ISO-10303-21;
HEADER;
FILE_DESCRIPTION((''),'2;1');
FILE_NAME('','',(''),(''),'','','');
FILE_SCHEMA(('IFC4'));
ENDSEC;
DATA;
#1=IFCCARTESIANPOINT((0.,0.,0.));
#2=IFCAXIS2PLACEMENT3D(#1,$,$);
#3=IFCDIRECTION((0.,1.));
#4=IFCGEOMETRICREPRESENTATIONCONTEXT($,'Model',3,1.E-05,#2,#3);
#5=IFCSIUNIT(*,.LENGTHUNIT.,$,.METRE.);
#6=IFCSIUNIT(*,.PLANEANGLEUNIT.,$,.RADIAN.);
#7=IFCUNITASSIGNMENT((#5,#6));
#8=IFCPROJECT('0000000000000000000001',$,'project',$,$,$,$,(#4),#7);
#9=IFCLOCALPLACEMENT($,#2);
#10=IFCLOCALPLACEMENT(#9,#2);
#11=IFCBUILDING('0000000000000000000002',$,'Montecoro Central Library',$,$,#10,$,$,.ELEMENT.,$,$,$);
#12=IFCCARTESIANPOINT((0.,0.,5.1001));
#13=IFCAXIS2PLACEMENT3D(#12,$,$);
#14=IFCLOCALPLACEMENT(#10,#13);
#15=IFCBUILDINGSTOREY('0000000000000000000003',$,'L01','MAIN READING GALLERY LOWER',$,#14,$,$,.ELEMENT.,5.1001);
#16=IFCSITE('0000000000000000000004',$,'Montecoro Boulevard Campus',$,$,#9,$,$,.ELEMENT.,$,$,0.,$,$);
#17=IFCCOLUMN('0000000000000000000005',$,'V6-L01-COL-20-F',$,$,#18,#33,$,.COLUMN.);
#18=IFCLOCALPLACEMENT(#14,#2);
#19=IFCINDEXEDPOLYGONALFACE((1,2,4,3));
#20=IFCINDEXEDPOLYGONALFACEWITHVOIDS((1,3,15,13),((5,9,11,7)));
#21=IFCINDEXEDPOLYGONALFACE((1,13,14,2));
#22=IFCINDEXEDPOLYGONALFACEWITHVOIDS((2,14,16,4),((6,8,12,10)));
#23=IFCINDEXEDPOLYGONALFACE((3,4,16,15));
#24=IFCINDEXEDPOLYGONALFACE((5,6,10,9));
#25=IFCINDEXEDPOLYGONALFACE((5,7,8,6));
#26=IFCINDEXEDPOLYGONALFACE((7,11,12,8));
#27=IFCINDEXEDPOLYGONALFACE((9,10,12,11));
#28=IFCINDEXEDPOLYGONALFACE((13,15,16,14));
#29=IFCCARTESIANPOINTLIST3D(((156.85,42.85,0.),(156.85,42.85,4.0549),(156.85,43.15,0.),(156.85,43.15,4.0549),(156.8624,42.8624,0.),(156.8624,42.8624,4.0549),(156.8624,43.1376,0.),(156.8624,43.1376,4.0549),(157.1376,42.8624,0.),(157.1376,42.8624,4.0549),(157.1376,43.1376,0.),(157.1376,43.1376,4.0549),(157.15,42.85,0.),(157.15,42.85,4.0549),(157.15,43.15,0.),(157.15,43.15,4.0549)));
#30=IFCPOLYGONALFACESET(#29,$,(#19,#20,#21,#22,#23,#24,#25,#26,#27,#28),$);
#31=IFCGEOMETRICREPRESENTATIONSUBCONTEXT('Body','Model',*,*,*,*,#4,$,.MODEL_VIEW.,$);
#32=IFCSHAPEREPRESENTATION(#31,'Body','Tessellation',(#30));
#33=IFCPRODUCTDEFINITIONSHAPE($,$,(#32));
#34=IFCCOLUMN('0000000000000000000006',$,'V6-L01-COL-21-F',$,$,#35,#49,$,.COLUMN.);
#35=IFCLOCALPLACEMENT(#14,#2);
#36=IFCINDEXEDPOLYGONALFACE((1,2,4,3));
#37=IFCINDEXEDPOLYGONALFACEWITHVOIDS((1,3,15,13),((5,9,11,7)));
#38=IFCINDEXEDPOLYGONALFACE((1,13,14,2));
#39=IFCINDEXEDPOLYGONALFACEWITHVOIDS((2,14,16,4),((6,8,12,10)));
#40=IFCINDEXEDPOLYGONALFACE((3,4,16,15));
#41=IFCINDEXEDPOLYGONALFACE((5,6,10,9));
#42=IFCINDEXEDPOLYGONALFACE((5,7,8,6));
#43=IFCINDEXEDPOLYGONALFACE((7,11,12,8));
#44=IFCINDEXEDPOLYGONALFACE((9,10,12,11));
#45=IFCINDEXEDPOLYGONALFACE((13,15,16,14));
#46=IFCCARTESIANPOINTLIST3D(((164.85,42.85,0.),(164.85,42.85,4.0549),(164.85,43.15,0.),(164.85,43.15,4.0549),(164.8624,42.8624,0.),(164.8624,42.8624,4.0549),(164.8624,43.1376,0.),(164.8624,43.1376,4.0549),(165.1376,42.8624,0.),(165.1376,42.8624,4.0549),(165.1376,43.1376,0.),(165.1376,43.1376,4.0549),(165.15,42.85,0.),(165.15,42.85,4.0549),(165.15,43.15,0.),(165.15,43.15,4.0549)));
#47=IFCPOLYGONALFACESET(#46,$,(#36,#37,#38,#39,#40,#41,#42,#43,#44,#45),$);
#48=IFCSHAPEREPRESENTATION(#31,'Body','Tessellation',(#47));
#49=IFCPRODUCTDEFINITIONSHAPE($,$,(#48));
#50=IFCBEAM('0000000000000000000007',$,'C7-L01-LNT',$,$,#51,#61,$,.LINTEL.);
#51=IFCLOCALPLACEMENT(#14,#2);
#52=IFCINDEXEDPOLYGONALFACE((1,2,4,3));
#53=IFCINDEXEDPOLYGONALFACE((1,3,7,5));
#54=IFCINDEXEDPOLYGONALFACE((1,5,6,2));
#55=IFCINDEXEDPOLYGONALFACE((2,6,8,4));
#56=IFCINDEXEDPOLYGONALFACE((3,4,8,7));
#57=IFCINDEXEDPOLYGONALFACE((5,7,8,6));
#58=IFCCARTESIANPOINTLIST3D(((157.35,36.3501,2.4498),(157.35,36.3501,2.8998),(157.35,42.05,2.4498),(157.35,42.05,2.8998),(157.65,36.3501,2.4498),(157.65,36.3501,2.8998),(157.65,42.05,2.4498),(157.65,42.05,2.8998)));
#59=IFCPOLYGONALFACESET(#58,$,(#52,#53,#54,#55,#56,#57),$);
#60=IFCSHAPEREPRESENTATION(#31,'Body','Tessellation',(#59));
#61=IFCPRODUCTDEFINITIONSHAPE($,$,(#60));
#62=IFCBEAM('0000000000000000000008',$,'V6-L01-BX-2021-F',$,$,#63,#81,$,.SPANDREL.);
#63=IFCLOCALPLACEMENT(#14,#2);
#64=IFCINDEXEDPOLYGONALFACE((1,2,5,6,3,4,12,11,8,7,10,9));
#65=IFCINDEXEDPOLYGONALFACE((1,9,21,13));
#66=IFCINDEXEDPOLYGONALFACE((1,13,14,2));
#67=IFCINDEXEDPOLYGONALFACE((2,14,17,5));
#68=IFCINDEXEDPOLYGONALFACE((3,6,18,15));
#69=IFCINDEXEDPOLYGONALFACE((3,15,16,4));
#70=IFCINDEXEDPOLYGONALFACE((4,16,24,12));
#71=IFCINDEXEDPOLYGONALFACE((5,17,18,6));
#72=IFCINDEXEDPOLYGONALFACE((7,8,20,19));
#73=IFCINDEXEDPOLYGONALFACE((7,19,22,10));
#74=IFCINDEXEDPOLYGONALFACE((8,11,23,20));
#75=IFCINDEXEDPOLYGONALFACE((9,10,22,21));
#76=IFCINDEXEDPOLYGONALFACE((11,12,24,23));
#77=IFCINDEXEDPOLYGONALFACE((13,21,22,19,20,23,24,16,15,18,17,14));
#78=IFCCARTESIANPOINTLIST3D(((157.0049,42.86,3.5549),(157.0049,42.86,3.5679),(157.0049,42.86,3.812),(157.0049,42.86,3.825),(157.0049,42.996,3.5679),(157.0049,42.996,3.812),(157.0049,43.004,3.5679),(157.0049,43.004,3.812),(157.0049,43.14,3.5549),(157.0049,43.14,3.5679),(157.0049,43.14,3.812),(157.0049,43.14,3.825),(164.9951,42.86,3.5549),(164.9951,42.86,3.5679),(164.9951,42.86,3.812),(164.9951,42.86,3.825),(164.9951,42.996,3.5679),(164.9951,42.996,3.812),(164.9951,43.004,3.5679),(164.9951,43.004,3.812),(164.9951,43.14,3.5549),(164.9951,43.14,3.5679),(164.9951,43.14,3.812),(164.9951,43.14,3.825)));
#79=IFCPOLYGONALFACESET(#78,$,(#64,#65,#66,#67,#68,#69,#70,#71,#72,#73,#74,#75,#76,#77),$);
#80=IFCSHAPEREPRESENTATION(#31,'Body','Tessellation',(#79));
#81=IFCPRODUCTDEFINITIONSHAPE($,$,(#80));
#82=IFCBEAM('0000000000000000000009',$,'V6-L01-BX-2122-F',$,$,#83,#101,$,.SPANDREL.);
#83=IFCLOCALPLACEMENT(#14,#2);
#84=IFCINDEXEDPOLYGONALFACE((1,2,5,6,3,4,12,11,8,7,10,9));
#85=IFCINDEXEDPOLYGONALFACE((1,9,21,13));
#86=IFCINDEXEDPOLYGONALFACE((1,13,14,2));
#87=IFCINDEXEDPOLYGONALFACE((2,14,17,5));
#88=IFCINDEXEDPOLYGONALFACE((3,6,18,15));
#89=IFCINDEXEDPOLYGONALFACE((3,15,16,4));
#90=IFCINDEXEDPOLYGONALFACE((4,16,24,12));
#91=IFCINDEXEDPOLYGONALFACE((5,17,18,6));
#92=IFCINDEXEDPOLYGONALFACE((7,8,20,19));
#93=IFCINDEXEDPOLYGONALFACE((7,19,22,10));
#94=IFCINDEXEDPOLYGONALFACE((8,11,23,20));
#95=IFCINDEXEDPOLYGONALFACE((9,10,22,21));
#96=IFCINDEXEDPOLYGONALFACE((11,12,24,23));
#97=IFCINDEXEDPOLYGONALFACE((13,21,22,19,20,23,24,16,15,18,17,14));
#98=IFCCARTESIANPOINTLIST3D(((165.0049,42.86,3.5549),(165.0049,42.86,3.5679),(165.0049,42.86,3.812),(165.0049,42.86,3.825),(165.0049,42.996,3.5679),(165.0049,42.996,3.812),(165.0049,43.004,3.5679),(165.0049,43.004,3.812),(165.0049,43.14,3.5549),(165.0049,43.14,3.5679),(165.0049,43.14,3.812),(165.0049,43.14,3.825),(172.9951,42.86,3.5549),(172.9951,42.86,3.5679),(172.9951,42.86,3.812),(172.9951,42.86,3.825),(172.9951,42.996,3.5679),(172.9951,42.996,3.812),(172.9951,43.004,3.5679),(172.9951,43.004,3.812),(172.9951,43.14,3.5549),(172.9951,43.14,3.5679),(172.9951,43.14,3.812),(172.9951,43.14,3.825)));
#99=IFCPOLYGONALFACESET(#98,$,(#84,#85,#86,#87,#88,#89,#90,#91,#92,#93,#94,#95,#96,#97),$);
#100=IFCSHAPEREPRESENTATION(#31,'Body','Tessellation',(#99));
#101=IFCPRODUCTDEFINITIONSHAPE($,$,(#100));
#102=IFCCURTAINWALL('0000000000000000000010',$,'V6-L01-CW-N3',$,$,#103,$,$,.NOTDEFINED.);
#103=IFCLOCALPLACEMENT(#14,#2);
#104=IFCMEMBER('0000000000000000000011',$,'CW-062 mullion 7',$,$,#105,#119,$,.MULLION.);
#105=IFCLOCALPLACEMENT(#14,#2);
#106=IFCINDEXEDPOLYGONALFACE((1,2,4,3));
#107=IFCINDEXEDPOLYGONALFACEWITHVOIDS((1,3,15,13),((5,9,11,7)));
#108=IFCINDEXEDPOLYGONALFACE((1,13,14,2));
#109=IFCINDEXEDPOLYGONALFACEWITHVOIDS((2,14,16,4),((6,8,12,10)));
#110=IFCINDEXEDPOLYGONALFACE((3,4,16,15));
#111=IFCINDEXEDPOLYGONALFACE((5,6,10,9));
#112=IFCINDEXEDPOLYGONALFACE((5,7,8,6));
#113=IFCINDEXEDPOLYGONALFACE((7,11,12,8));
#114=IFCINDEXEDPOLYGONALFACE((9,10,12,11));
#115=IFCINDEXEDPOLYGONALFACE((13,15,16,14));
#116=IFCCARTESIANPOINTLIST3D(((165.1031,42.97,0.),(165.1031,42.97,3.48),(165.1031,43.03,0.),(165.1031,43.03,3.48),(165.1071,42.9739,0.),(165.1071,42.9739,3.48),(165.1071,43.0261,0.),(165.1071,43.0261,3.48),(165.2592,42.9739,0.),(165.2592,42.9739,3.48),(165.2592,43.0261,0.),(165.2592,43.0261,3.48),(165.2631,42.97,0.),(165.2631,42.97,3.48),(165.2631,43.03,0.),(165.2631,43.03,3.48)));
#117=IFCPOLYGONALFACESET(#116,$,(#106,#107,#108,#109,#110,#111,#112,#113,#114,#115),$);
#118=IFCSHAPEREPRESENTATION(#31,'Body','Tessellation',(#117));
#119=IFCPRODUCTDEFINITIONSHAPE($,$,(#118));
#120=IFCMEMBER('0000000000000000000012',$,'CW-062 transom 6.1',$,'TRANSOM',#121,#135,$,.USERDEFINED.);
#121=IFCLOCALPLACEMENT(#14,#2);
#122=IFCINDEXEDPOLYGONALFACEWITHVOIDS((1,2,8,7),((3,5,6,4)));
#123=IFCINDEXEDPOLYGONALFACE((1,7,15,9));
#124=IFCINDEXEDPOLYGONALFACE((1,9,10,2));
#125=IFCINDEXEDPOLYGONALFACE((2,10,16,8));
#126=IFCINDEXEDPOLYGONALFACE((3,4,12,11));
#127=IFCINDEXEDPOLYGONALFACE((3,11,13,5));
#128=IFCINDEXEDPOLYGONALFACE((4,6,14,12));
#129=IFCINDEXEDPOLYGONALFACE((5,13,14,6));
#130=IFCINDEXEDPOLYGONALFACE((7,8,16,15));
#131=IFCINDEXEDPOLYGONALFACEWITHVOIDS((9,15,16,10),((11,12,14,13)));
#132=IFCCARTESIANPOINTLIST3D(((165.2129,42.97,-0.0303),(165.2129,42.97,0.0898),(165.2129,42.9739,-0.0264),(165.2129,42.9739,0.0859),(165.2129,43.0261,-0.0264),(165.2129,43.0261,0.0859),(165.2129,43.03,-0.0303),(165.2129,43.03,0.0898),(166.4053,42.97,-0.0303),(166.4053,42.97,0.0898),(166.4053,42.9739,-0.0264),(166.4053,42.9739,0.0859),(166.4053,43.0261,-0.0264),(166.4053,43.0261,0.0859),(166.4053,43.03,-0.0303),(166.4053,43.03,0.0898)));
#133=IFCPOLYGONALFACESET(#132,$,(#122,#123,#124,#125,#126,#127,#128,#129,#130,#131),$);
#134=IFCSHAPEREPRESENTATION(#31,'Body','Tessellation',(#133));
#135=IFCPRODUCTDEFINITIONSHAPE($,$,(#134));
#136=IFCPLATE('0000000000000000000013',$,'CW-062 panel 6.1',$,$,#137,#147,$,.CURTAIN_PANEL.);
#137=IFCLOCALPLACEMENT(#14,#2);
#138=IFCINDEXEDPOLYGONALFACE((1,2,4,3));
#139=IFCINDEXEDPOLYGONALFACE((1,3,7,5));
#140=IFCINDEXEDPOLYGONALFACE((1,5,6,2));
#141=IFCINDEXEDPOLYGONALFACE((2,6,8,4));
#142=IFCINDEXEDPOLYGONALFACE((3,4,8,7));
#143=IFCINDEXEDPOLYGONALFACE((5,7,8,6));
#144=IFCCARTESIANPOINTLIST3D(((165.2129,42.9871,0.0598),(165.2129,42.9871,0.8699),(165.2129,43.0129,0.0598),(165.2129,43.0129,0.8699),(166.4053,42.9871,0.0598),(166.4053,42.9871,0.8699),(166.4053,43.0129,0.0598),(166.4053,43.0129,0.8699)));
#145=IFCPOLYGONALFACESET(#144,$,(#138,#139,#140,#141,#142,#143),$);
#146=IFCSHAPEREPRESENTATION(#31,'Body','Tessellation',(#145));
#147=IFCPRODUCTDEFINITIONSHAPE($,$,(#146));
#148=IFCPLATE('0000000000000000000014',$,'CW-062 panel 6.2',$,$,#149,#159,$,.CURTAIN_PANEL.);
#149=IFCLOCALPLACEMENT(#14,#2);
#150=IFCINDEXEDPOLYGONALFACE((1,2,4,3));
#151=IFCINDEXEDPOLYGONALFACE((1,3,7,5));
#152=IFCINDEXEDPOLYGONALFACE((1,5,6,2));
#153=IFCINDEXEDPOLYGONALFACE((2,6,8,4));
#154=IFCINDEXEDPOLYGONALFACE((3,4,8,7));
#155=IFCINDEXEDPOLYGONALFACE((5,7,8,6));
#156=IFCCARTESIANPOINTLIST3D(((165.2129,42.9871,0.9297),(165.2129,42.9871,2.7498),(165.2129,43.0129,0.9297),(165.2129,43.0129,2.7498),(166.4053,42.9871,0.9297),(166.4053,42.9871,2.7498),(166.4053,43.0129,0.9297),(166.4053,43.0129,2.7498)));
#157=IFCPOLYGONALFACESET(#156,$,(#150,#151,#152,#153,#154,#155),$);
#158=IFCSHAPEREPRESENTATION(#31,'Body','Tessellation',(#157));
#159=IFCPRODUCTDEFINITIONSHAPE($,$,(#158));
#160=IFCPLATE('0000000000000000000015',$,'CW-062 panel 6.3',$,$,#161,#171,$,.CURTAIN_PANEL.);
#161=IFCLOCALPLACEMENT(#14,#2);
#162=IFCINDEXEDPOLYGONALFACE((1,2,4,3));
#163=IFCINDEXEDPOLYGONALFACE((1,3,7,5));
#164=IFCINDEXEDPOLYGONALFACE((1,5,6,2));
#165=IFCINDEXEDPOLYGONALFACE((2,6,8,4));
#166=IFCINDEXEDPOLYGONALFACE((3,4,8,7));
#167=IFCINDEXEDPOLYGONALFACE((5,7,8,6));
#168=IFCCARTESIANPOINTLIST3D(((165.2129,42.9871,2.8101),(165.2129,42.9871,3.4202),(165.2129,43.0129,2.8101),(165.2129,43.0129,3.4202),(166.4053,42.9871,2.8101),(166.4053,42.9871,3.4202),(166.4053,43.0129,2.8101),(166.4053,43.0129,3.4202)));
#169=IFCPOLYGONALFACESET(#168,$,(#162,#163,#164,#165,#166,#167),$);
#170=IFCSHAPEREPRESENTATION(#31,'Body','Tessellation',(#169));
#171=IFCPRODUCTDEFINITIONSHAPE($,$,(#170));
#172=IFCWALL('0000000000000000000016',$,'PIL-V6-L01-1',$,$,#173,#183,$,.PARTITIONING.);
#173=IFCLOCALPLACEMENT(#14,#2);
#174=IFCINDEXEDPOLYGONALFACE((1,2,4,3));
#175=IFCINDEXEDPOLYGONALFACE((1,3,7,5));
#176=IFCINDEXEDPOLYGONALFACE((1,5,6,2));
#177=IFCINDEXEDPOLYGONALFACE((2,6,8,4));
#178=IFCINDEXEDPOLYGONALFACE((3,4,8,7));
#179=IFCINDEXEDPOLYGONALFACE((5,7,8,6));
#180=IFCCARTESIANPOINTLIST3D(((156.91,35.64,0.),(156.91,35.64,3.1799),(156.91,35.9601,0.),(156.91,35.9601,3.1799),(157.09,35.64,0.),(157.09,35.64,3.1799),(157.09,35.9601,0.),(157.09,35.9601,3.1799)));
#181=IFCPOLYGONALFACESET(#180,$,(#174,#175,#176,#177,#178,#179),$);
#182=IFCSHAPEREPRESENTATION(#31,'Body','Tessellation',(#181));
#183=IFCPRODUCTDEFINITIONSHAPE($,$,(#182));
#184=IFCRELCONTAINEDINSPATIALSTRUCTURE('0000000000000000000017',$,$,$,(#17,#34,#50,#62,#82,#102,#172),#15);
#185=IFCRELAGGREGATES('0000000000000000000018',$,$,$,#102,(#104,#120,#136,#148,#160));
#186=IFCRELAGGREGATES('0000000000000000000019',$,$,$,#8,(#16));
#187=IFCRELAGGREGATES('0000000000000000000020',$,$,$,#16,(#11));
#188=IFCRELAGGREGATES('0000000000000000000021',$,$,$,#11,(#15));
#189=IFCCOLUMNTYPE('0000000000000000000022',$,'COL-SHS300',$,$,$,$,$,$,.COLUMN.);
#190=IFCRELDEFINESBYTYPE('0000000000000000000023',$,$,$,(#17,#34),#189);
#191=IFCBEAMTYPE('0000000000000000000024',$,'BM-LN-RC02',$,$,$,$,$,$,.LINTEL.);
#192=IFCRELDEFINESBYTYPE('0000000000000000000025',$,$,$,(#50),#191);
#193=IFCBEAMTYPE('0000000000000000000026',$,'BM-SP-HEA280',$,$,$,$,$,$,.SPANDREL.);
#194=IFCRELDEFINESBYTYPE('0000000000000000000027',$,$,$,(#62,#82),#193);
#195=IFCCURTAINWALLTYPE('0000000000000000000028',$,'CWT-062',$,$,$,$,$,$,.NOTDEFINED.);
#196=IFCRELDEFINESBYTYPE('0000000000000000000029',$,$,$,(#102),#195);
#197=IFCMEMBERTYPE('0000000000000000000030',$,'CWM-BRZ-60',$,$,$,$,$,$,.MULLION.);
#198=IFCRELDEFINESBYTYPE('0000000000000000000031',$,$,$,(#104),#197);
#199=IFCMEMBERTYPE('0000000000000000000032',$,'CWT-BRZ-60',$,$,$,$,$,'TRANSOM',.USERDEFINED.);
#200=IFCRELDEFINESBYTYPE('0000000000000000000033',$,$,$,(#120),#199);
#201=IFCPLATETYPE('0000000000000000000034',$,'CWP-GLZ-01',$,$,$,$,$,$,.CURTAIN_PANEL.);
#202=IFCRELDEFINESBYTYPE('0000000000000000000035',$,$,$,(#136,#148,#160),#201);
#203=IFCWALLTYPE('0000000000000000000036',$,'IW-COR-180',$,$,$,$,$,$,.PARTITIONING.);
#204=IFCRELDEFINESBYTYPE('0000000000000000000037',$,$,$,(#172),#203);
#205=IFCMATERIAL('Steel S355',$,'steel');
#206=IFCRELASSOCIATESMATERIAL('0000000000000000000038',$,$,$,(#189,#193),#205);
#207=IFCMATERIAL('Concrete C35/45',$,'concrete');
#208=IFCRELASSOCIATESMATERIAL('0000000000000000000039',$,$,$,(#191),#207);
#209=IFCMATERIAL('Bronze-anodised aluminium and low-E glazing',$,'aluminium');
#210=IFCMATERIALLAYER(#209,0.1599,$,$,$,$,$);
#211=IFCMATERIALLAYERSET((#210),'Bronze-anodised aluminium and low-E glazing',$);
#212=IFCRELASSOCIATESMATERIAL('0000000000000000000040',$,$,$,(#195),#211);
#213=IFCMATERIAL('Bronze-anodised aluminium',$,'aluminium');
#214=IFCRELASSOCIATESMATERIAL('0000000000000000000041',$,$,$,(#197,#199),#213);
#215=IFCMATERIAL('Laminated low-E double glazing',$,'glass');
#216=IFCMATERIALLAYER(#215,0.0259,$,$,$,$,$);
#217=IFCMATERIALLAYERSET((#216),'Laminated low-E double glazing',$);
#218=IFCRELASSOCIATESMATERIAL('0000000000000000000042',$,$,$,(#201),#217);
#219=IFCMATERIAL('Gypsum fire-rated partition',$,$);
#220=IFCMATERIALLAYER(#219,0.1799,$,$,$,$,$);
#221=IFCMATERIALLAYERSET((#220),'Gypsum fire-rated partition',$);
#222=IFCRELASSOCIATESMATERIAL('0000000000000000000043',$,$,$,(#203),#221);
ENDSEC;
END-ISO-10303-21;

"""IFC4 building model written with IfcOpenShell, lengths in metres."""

from ifc_helpers import new_model, si_unit, direction, frame, frame_2d, origin, origin_2d, place, context, subcontext, project, spatial, rectangle, hollow_rectangle, i_section, extrude, material, layer, layer_set, material_profile, profile_set, type_object, element, aggregate, save


model = new_model("IFC4")

# Units and contexts
model_context = context("Model", 3, precision=1e-05, world=origin(), true_north=direction((0.0, 1.0)))
body_context = subcontext(model_context, "Body", "Model", "MODEL_VIEW")
ifc_project = project(units=[si_unit("LENGTHUNIT", "METRE"), si_unit("PLANEANGLEUNIT", "RADIAN")], contexts=[model_context])

# Site, building, storey
site_placement = place(None, origin())
site = spatial("IfcSite", under=ifc_project, at=site_placement, Name="Montecoro Boulevard Campus", CompositionType="ELEMENT", RefElevation=0.0)
building_placement = place(site_placement, origin())
building = spatial("IfcBuilding", under=site, at=building_placement, Name="Montecoro Central Library", CompositionType="ELEMENT")
storey_placement = place(building_placement, frame((0.0, 0.0, 5.1001)))
storey = spatial("IfcBuildingStorey", under=building, at=storey_placement, Name="L01", Description="MAIN READING GALLERY LOWER", CompositionType="ELEMENT", Elevation=5.1001)

# Columns
ifc_material_1 = material(Name="Steel S355", Category="steel")
ifc_material_profile_1 = material_profile(ifc_material_1, hollow_rectangle(XDim=0.3, YDim=0.3, WallThickness=0.0125, at=origin_2d()), Name="SHS 300x300x12.5")
ifc_profile_set_1 = profile_set([ifc_material_profile_1], Name="Steel S355")
column_type = type_object("IfcColumnType", Name="COL-SHS300", PredefinedType="COLUMN", material=ifc_profile_set_1)
for number, where, z_axis, x_axis, name in (
    (1, (157.0, 43.0, 0.0), (0.0, 0.0, 1.0), (1.0, 0.0, 0.0), "V6-L01-COL-20-F"),
    (2, (165.0, 43.0, 0.0), (0.0, 0.0, 1.0), (1.0, 0.0, 0.0), "V6-L01-COL-21-F"),
):
    element("IfcColumn", number, at=place(storey_placement, frame(where, z_axis=z_axis, x_axis=x_axis)), inside=storey, type_object=column_type, Name=name, PredefinedType="COLUMN", context=body_context, shape_type="SweptSolid", body=[
        extrude(hollow_rectangle(XDim=0.3, YDim=0.3, WallThickness=0.0125, at=origin_2d()), origin(), (0.0, 0.0, 1.0), 4.0549),
    ])

# Beams
ifc_material_2 = material(Name="Concrete C35/45", Category="concrete")
ifc_material_profile_2 = material_profile(ifc_material_2, rectangle(XDim=0.3, YDim=0.45, at=origin_2d()), Name="RC LNT 450x300")
ifc_profile_set_2 = profile_set([ifc_material_profile_2], Name="Concrete C35/45")
beam_type_1 = type_object("IfcBeamType", Name="BM-LN-RC02", PredefinedType="LINTEL", material=ifc_profile_set_2)
beam_placement = place(storey_placement, frame((157.5, 36.3501, 2.6748), z_axis=(0.0, 1.0, 0.0), x_axis=(-1.0, 0.0, 0.0)))
element("IfcBeam", 3, at=beam_placement, inside=storey, type_object=beam_type_1, Name="C7-L01-LNT", PredefinedType="LINTEL", context=body_context, shape_type="SweptSolid", body=[
    extrude(rectangle(XDim=0.3, YDim=0.45, at=origin_2d()), origin(), (0.0, 0.0, 1.0), 5.7),
])
ifc_material_profile_3 = material_profile(ifc_material_1, i_section(OverallWidth=0.28, OverallDepth=0.27, WebThickness=0.0081, FlangeThickness=0.0129, at=origin_2d()), Name="HEA 280")
ifc_profile_set_3 = profile_set([ifc_material_profile_3], Name="Steel S355")
beam_type_2 = type_object("IfcBeamType", Name="BM-SP-HEA280", PredefinedType="SPANDREL", material=ifc_profile_set_3)
for number, where, z_axis, x_axis, name in (
    (4, (157.0049, 43.0, 3.6899), (1.0, 0.0, 0.0), (0.0, 1.0, 0.0), "V6-L01-BX-2021-F"),
    (5, (165.0049, 43.0, 3.6899), (1.0, 0.0, 0.0), (0.0, 1.0, 0.0), "V6-L01-BX-2122-F"),
):
    element("IfcBeam", number, at=place(storey_placement, frame(where, z_axis=z_axis, x_axis=x_axis)), inside=storey, type_object=beam_type_2, Name=name, PredefinedType="SPANDREL", context=body_context, shape_type="SweptSolid", body=[
        extrude(i_section(OverallWidth=0.28, OverallDepth=0.27, WebThickness=0.0081, FlangeThickness=0.0129, at=origin_2d()), origin(), (0.0, 0.0, 1.0), 7.9902),
    ])

# Curtain wall, members, plates
ifc_material_3 = material(Name="Bronze-anodised aluminium and low-E glazing", Category="aluminium")
ifc_layer_1 = layer(ifc_material_3, 0.1599)
ifc_layer_set_1 = layer_set([ifc_layer_1], Name="Bronze-anodised aluminium and low-E glazing")
curtain_wall_type = type_object("IfcCurtainWallType", Name="CWT-062", PredefinedType="NOTDEFINED", material=ifc_layer_set_1)
curtain_wall_placement = place(storey_placement, origin())
curtain_wall = element("IfcCurtainWall", 6, at=curtain_wall_placement, inside=storey, type_object=curtain_wall_type, Name="V6-L01-CW-N3", PredefinedType="NOTDEFINED")
ifc_material_4 = material(Name="Bronze-anodised aluminium", Category="aluminium")
ifc_material_profile_4 = material_profile(ifc_material_4, hollow_rectangle(XDim=0.0601, YDim=0.1599, WallThickness=0.0039, at=origin_2d()), Name="CWM 160x60x4.0")
ifc_profile_set_4 = profile_set([ifc_material_profile_4], Name="Bronze-anodised aluminium")
member_type_1 = type_object("IfcMemberType", Name="CWM-BRZ-60", PredefinedType="MULLION", material=ifc_profile_set_4)
member_1_placement = place(storey_placement, frame((165.1831, 43.0, 0.0), z_axis=(0.0, 0.0, 1.0), x_axis=(0.0, -1.0, 0.0)))
member_1 = element("IfcMember", 7, at=member_1_placement, type_object=member_type_1, Name="CW-062 mullion 7", PredefinedType="MULLION", context=body_context, shape_type="SweptSolid", body=[
    extrude(hollow_rectangle(XDim=0.0601, YDim=0.1599, WallThickness=0.0039, at=origin_2d()), origin(), (0.0, 0.0, 1.0), 3.48),
])
ifc_material_profile_5 = material_profile(ifc_material_4, hollow_rectangle(XDim=0.0601, YDim=0.1201, WallThickness=0.0039, at=origin_2d()), Name="CWT 120x60x4.0")
ifc_profile_set_5 = profile_set([ifc_material_profile_5], Name="Bronze-anodised aluminium")
member_type_2 = type_object("IfcMemberType", Name="CWT-BRZ-60", ElementType="TRANSOM", PredefinedType="USERDEFINED", material=ifc_profile_set_5)
member_2_placement = place(storey_placement, frame((166.4053, 43.0, 0.0298), z_axis=(-1.0, 0.0, 0.0), x_axis=(0.0, -1.0, 0.0)))
member_2 = element("IfcMember", 8, at=member_2_placement, type_object=member_type_2, Name="CW-062 transom 6.1", ObjectType="TRANSOM", PredefinedType="USERDEFINED", context=body_context, shape_type="SweptSolid", body=[
    extrude(hollow_rectangle(XDim=0.0601, YDim=0.1201, WallThickness=0.0039, at=origin_2d()), origin(), (0.0, 0.0, 1.0), 1.1924),
])
ifc_material_5 = material(Name="Laminated low-E double glazing", Category="glass")
ifc_layer_2 = layer(ifc_material_5, 0.0259)
ifc_layer_set_2 = layer_set([ifc_layer_2], Name="Laminated low-E double glazing")
plate_type = type_object("IfcPlateType", Name="CWP-GLZ-01", PredefinedType="CURTAIN_PANEL", material=ifc_layer_set_2)
plate_1_placement = place(storey_placement, frame((165.8091, 43.0, 0.0598), z_axis=(0.0, 0.0, 1.0), x_axis=(-1.0, 0.0, 0.0)))
plate_1 = element("IfcPlate", 9, at=plate_1_placement, type_object=plate_type, Name="CW-062 panel 6.1", PredefinedType="CURTAIN_PANEL", context=body_context, shape_type="SweptSolid", body=[
    extrude(rectangle(XDim=1.1924, YDim=0.0259, at=origin_2d()), origin(), (0.0, 0.0, 1.0), 0.8101),
])
plate_2_placement = place(storey_placement, frame((165.8091, 43.0, 0.9297), z_axis=(0.0, 0.0, 1.0), x_axis=(-1.0, 0.0, 0.0)))
plate_2 = element("IfcPlate", 10, at=plate_2_placement, type_object=plate_type, Name="CW-062 panel 6.2", PredefinedType="CURTAIN_PANEL", context=body_context, shape_type="SweptSolid", body=[
    extrude(rectangle(XDim=1.1924, YDim=0.0259, at=origin_2d()), origin(), (0.0, 0.0, 1.0), 1.8201),
])
plate_3_placement = place(storey_placement, frame((165.8091, 43.0, 2.8101), z_axis=(0.0, 0.0, 1.0), x_axis=(-1.0, 0.0, 0.0)))
plate_3 = element("IfcPlate", 11, at=plate_3_placement, type_object=plate_type, Name="CW-062 panel 6.3", PredefinedType="CURTAIN_PANEL", context=body_context, shape_type="SweptSolid", body=[
    extrude(rectangle(XDim=1.1924, YDim=0.0259, at=origin_2d()), origin(), (0.0, 0.0, 1.0), 0.6101),
])
aggregate(curtain_wall, [member_1, member_2, plate_1, plate_2, plate_3])

# Wall
ifc_material_6 = material(Name="Gypsum fire-rated partition")
ifc_layer_3 = layer(ifc_material_6, 0.1799)
ifc_layer_set_3 = layer_set([ifc_layer_3], Name="Gypsum fire-rated partition")
wall_type_1 = type_object("IfcWallType", Name="IW-COR-180", PredefinedType="PARTITIONING", material=ifc_layer_set_3)
wall_1_placement = place(storey_placement, frame((157.0, 35.6399, 0.0), z_axis=(0.0, 0.0, 1.0), x_axis=(0.0, 1.0, 0.0)))
element("IfcWall", 12, at=wall_1_placement, inside=storey, type_object=wall_type_1, Name="PIL-V6-L01-1", PredefinedType="PARTITIONING", context=body_context, shape_type="SweptSolid", body=[
    extrude(rectangle(XDim=0.3201, YDim=0.1799, at=frame_2d((0.1602, 0.0))), origin(), (0.0, 0.0, 1.0), 3.1799),
])

save(model, "model.ifc")
